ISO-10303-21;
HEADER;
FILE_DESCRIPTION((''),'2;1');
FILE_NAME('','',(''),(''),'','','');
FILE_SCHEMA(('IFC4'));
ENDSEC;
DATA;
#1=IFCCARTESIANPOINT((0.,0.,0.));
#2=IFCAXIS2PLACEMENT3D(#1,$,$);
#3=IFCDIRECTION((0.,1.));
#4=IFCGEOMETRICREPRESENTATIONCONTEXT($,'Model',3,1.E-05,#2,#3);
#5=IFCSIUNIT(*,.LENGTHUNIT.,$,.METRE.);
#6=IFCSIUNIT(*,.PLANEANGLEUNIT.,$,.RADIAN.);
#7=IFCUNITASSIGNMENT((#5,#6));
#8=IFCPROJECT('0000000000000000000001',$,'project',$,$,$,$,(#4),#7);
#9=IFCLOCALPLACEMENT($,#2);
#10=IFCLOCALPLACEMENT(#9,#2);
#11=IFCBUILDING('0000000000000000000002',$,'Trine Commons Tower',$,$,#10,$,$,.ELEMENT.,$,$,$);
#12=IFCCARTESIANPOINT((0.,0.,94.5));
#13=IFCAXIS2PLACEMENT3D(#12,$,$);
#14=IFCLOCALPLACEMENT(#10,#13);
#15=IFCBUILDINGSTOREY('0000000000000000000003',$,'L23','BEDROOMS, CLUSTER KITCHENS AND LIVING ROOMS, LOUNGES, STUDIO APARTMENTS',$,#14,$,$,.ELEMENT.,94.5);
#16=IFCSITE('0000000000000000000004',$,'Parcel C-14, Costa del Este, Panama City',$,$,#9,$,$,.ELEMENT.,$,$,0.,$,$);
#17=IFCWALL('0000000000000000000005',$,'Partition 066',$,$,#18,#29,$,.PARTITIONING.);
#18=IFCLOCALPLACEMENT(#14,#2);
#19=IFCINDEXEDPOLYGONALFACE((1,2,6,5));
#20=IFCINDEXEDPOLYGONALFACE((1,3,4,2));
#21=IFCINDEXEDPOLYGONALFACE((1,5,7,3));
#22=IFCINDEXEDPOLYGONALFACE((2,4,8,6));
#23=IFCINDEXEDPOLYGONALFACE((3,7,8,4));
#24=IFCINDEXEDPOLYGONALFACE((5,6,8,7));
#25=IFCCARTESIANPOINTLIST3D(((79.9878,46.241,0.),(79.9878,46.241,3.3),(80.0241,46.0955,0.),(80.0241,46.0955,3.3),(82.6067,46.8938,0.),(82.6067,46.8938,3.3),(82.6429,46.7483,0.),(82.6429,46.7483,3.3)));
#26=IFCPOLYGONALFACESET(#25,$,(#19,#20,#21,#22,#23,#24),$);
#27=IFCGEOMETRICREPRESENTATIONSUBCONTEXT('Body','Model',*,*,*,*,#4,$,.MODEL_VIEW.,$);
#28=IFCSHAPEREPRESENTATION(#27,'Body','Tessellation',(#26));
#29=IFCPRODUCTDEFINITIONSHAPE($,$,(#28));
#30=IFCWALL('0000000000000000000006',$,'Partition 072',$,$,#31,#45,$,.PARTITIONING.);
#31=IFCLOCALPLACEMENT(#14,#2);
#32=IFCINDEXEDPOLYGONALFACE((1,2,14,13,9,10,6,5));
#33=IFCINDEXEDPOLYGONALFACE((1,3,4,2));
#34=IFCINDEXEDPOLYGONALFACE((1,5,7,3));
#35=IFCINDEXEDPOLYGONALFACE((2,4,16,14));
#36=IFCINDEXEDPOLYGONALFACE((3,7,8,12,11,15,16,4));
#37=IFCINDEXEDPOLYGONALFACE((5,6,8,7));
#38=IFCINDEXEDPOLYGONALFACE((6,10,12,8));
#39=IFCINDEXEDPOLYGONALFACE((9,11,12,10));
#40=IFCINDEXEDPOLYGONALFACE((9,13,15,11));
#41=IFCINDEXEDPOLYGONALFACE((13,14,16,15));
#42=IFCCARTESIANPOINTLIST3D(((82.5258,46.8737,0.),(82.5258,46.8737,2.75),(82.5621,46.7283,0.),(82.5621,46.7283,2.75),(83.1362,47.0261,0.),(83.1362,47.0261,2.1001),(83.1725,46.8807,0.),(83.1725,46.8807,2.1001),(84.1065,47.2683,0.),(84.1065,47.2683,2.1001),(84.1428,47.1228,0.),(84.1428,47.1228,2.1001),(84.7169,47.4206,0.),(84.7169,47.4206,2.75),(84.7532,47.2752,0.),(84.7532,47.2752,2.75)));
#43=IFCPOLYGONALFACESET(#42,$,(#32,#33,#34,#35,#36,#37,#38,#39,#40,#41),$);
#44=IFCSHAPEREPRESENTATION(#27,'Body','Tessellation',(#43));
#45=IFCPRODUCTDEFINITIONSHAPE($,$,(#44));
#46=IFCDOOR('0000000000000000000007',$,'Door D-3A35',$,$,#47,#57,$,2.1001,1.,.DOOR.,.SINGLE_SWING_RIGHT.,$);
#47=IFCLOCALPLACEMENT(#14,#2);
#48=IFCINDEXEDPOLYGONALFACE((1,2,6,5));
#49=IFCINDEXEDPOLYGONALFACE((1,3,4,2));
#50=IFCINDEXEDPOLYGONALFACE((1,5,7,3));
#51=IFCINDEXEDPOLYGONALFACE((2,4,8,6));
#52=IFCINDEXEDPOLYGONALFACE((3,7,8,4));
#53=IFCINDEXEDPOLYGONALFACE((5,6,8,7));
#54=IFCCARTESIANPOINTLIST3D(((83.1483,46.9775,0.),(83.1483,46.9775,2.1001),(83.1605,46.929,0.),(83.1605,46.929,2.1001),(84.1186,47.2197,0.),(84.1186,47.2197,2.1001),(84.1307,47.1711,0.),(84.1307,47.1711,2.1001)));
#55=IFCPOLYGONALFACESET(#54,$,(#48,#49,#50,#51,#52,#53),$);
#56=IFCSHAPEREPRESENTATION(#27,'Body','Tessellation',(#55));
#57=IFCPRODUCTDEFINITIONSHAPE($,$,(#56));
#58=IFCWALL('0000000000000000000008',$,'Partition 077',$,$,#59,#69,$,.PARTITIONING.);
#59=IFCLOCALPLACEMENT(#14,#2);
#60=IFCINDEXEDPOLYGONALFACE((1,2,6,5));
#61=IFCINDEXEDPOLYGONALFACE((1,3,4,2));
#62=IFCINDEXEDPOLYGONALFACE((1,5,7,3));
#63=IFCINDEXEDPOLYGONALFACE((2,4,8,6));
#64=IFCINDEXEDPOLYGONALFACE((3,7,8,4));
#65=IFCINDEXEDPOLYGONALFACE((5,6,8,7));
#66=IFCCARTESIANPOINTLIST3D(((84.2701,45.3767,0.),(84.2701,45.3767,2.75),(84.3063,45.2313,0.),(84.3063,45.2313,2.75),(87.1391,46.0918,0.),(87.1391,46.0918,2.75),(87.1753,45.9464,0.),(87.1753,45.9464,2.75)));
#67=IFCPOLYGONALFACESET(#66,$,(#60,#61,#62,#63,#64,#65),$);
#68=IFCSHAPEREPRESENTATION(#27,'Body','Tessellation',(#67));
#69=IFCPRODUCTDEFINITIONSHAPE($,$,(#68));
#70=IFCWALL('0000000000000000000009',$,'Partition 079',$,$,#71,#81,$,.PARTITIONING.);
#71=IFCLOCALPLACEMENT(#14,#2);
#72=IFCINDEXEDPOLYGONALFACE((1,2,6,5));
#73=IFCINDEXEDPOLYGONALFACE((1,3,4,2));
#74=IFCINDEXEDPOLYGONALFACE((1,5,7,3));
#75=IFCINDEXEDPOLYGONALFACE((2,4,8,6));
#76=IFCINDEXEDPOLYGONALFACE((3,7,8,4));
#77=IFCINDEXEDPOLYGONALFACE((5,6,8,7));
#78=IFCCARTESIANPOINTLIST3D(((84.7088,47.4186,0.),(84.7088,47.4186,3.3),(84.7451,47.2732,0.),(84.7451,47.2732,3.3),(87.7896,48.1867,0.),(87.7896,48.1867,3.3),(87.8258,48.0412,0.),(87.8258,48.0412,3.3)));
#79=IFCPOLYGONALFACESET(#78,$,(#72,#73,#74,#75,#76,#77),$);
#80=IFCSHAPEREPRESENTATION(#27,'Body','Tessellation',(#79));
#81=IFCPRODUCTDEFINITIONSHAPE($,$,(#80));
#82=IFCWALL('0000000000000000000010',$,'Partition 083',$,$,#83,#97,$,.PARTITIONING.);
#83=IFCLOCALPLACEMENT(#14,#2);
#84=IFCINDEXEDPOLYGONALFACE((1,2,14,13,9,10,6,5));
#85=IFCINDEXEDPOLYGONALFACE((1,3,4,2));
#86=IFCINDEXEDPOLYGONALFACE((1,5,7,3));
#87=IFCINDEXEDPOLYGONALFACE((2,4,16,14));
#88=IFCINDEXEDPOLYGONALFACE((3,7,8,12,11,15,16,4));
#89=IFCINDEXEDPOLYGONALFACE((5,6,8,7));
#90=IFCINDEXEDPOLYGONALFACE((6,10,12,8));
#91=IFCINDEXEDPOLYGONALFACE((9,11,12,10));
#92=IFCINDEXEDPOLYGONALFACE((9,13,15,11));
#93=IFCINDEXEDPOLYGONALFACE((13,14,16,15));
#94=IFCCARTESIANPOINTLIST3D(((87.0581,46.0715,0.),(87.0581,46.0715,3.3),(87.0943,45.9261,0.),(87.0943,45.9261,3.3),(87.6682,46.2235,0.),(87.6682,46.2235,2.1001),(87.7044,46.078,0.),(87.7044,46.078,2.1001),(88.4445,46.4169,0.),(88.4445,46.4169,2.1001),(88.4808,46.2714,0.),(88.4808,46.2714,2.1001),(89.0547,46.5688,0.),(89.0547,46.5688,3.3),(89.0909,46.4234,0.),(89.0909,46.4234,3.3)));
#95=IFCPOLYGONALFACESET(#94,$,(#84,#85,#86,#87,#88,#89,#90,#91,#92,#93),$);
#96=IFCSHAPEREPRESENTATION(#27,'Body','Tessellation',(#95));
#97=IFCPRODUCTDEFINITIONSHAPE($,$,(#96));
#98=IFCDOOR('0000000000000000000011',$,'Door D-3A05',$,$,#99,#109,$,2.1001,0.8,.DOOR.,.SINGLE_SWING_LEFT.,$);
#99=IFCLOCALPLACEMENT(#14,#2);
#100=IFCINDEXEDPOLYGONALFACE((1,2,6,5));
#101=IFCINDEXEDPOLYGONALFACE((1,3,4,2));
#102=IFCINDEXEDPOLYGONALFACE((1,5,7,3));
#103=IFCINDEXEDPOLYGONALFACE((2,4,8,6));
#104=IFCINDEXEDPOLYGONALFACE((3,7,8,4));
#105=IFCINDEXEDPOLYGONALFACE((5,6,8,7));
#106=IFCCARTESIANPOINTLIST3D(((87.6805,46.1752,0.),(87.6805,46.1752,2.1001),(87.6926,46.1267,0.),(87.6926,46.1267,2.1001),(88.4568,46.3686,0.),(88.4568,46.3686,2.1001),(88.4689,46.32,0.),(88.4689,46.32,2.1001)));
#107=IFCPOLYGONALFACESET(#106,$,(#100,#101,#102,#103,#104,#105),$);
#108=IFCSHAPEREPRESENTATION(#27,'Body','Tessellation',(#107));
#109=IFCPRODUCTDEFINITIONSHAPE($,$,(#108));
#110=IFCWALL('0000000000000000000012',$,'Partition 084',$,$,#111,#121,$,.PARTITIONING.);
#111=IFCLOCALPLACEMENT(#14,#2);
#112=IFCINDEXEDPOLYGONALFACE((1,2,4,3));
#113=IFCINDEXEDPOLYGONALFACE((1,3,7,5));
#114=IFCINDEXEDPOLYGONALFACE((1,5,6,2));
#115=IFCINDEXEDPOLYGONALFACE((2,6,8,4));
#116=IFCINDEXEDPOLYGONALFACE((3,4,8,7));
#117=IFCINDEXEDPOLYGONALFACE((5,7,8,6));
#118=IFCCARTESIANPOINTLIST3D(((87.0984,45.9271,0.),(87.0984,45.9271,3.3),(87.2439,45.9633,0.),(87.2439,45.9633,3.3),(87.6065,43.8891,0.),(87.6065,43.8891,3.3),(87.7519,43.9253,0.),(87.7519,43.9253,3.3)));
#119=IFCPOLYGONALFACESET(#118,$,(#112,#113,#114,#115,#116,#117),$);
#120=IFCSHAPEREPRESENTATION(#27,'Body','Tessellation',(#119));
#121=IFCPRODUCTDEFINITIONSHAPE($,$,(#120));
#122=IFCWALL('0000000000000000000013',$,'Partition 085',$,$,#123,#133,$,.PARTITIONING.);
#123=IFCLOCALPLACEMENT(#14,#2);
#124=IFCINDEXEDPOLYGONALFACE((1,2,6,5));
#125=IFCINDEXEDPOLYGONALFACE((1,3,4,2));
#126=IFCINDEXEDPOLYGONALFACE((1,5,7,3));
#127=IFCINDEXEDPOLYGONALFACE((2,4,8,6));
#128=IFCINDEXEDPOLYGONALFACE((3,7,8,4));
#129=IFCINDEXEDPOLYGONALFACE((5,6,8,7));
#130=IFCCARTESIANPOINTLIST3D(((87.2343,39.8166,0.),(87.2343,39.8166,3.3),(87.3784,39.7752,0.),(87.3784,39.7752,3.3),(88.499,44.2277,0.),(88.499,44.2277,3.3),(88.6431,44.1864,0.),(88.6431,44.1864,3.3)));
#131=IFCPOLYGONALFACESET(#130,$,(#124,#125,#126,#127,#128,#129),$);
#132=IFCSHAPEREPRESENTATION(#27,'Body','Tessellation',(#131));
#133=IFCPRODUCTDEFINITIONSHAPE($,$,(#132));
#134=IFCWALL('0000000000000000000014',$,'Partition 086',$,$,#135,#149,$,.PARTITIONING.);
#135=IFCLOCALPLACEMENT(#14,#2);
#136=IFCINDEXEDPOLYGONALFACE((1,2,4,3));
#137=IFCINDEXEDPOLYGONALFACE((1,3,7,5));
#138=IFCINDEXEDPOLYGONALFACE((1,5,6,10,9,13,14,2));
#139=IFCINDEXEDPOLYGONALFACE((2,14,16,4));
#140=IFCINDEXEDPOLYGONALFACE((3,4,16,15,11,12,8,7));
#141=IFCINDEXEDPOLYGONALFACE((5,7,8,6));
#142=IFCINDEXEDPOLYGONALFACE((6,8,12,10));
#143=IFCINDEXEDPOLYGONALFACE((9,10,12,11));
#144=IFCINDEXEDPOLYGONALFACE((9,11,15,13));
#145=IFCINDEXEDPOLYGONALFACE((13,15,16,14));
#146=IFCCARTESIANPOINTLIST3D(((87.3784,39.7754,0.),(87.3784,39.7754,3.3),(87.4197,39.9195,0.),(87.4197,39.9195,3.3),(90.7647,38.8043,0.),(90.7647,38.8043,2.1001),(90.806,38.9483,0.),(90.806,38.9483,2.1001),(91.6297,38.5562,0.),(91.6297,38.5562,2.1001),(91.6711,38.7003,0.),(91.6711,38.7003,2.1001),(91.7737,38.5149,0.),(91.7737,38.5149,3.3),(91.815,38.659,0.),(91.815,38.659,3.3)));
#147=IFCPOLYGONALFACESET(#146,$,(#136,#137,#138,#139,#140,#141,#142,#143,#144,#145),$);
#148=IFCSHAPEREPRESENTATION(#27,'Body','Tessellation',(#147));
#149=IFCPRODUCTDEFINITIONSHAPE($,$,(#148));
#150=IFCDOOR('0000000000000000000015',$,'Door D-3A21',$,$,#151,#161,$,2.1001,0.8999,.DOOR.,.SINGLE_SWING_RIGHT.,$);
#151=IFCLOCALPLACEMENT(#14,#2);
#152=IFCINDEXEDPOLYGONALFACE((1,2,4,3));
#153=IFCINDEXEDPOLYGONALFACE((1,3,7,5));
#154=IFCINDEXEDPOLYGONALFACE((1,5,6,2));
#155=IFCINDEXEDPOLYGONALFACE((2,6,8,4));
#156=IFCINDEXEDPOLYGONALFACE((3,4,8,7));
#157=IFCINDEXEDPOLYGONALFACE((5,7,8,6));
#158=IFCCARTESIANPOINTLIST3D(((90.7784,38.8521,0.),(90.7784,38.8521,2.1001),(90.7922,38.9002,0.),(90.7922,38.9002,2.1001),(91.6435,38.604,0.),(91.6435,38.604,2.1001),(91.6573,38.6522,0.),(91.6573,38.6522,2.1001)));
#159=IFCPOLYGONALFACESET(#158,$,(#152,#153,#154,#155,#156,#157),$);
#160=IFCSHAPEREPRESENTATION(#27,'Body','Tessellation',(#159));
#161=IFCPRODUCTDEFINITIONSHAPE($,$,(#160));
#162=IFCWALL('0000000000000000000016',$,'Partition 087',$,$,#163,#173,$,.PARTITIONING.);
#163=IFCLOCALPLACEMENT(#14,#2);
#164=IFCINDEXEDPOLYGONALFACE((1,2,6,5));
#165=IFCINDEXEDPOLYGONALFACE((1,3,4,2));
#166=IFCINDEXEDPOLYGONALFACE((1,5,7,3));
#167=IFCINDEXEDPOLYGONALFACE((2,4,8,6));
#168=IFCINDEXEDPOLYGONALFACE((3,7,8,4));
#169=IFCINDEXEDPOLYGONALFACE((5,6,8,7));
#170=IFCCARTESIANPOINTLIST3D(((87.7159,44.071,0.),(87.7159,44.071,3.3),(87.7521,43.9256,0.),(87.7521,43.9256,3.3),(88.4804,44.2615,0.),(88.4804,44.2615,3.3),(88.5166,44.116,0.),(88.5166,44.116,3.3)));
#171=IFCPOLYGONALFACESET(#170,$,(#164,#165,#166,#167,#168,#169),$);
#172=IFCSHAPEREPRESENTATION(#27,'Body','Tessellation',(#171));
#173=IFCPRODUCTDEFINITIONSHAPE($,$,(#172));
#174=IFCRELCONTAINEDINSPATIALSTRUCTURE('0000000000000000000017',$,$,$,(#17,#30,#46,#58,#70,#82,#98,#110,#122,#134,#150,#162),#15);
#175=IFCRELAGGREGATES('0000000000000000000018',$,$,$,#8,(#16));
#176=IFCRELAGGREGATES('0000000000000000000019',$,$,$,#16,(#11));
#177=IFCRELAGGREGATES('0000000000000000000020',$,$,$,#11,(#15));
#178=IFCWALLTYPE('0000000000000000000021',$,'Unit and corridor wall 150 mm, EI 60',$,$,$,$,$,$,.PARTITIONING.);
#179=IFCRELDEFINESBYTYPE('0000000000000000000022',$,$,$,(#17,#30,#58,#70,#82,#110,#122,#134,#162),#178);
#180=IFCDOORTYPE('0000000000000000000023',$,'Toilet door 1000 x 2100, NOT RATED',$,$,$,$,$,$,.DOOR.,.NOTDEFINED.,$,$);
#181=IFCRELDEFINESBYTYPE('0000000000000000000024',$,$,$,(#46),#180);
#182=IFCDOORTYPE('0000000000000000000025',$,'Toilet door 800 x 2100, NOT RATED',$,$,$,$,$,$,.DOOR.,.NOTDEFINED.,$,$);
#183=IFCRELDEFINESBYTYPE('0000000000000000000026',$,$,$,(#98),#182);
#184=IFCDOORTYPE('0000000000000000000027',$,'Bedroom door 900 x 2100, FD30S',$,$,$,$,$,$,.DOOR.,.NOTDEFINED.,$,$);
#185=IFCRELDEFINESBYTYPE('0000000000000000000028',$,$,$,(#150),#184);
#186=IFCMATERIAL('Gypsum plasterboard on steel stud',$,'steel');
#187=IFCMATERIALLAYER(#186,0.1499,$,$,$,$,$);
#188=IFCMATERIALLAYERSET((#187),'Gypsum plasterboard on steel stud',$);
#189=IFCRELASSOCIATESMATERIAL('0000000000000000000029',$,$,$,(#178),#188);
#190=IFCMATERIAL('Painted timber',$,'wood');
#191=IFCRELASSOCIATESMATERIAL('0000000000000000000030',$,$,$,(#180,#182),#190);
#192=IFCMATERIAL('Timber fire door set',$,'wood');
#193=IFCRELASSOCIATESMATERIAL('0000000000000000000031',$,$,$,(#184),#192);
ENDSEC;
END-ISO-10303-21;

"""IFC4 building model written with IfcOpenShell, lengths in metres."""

from ifc_helpers import new_model, si_unit, direction, frame, frame_2d, origin, place, context, subcontext, project, spatial, rectangle, extrude, material, layer, layer_set, type_object, element, fill, save


model = new_model("IFC4")

# Units and contexts
model_context = context("Model", 3, precision=1e-05, world=origin(), true_north=direction((0.0, 1.0)))
body_context = subcontext(model_context, "Body", "Model", "MODEL_VIEW")
ifc_project = project(units=[si_unit("LENGTHUNIT", "METRE"), si_unit("PLANEANGLEUNIT", "RADIAN")], contexts=[model_context])

# Site, building, storey
site_placement = place(None, origin())
site = spatial("IfcSite", under=ifc_project, at=site_placement, Name="Parcel C-14, Costa del Este, Panama City", CompositionType="ELEMENT", RefElevation=0.0)
building_placement = place(site_placement, origin())
building = spatial("IfcBuilding", under=site, at=building_placement, Name="Trine Commons Tower", CompositionType="ELEMENT")
storey_placement = place(building_placement, frame((0.0, 0.0, 94.5)))
storey = spatial("IfcBuildingStorey", under=building, at=storey_placement, Name="L23", Description="BEDROOMS, CLUSTER KITCHENS AND LIVING ROOMS, LOUNGES, STUDIO APARTMENTS", CompositionType="ELEMENT", Elevation=94.5)

# Shared definitions
ifc_material_1 = material(Name="Gypsum plasterboard on steel stud", Category="steel")
ifc_layer_1 = layer(ifc_material_1, 0.1499)
ifc_layer_set_1 = layer_set([ifc_layer_1], Name="Gypsum plasterboard on steel stud")
wall_type_1 = type_object("IfcWallType", Name="Unit and corridor wall 150 mm, EI 60", PredefinedType="PARTITIONING", material=ifc_layer_set_1)
ifc_material_2 = material(Name="Timber fire door set", Category="wood")

# Wall
wall_1_placement = place(storey_placement, frame((80.0059, 46.1682, 0.0), z_axis=(0.0, 0.0, 1.0), x_axis=(0.970307, 0.241876, 0.0)))
element("IfcWall", 1, at=wall_1_placement, inside=storey, type_object=wall_type_1, Name="Partition 066", PredefinedType="PARTITIONING", context=body_context, shape_type="SweptSolid", body=[
    extrude(rectangle(XDim=2.699, YDim=0.1499, at=frame_2d((1.3496, 0.0))), origin(), (0.0, 0.0, 1.0), 3.3),
])

# Wall, opening, door
wall_2_placement = place(storey_placement, frame((82.5439, 46.801, 0.0), z_axis=(0.0, 0.0, 1.0), x_axis=(0.970238, 0.242154, 0.0)))
wall_2 = element("IfcWall", 2, at=wall_2_placement, inside=storey, type_object=wall_type_1, Name="Partition 072", PredefinedType="PARTITIONING", context=body_context, shape_type="SweptSolid", body=[
    extrude(rectangle(XDim=2.2583, YDim=0.1499, at=frame_2d((1.1292, 0.0))), origin(), (0.0, 0.0, 1.0), 2.75),
])
opening_1_placement = place(wall_2_placement, frame((0.6292, 0.0, 0.0)))
opening_1 = element("IfcOpeningElement", 3, at=opening_1_placement, cuts=wall_2, PredefinedType="OPENING", context=body_context, shape_type="SweptSolid", body=[
    extrude(rectangle(XDim=1.0, YDim=2.1001, at=frame_2d((0.5, 1.05))), frame((0.0, 0.085, 0.0), z_axis=(0.0, -1.0, 0.0), x_axis=(1.0, 0.0, 0.0)), (0.0, 0.0, 1.0), 0.1699),
])
ifc_material_3 = material(Name="Painted timber", Category="wood")
door_type_1 = type_object("IfcDoorType", Name="Toilet door 1000 x 2100, NOT RATED", OperationType="NOTDEFINED", PredefinedType="DOOR", material=ifc_material_3)
door_1_placement = place(opening_1_placement, origin())
door_1 = element("IfcDoor", 4, at=door_1_placement, inside=storey, type_object=door_type_1, Name="Door D-3A35", OperationType="SINGLE_SWING_RIGHT", OverallHeight=2.1001, OverallWidth=1.0, PredefinedType="DOOR", context=body_context, shape_type="SweptSolid", body=[
    extrude(rectangle(XDim=1.0, YDim=2.1001, at=frame_2d((0.5, 1.05))), frame((0.0, 0.0249, 0.0), z_axis=(0.0, -1.0, 0.0), x_axis=(1.0, 0.0, 0.0)), (0.0, 0.0, 1.0), 0.05),
])
fill(opening_1, door_1)

# Walls
wall_3_placement = place(storey_placement, frame((84.2881, 45.304, 0.0), z_axis=(0.0, 0.0, 1.0), x_axis=(0.970312, 0.241856, 0.0)))
element("IfcWall", 5, at=wall_3_placement, inside=storey, type_object=wall_type_1, Name="Partition 077", PredefinedType="PARTITIONING", context=body_context, shape_type="SweptSolid", body=[
    extrude(rectangle(XDim=2.9568, YDim=0.1499, at=frame_2d((1.4785, 0.0))), origin(), (0.0, 0.0, 1.0), 2.75),
])
wall_4_placement = place(storey_placement, frame((84.7271, 47.3459, 0.0), z_axis=(0.0, 0.0, 1.0), x_axis=(0.970301, 0.241902, 0.0)))
element("IfcWall", 6, at=wall_4_placement, inside=storey, type_object=wall_type_1, Name="Partition 079", PredefinedType="PARTITIONING", context=body_context, shape_type="SweptSolid", body=[
    extrude(rectangle(XDim=3.175, YDim=0.1499, at=frame_2d((1.5874, 0.0))), origin(), (0.0, 0.0, 1.0), 3.3),
])

# Wall, opening, door
wall_5_placement = place(storey_placement, frame((87.0762, 45.9988, 0.0), z_axis=(0.0, 0.0, 1.0), x_axis=(0.970352, 0.241698, 0.0)))
wall_5 = element("IfcWall", 7, at=wall_5_placement, inside=storey, type_object=wall_type_1, Name="Partition 083", PredefinedType="PARTITIONING", context=body_context, shape_type="SweptSolid", body=[
    extrude(rectangle(XDim=2.0576, YDim=0.1499, at=frame_2d((1.0288, 0.0))), origin(), (0.0, 0.0, 1.0), 3.3),
])
opening_2_placement = place(wall_5_placement, frame((0.6289, 0.0, 0.0)))
opening_2 = element("IfcOpeningElement", 8, at=opening_2_placement, cuts=wall_5, PredefinedType="OPENING", context=body_context, shape_type="SweptSolid", body=[
    extrude(rectangle(XDim=0.8, YDim=2.1001, at=frame_2d((0.3999, 1.05))), frame((0.0, 0.085, 0.0), z_axis=(0.0, -1.0, 0.0), x_axis=(1.0, 0.0, 0.0)), (0.0, 0.0, 1.0), 0.1699),
])
door_type_2 = type_object("IfcDoorType", Name="Toilet door 800 x 2100, NOT RATED", OperationType="NOTDEFINED", PredefinedType="DOOR", material=ifc_material_3)
door_2_placement = place(opening_2_placement, frame((0.8, 0.0, 0.0), z_axis=(0.0, 0.0, 1.0), x_axis=(-1.0, 0.0, 0.0)))
door_2 = element("IfcDoor", 9, at=door_2_placement, inside=storey, type_object=door_type_2, Name="Door D-3A05", OperationType="SINGLE_SWING_LEFT", OverallHeight=2.1001, OverallWidth=0.8, PredefinedType="DOOR", context=body_context, shape_type="SweptSolid", body=[
    extrude(rectangle(XDim=0.8, YDim=2.1001, at=frame_2d((0.3999, 1.05))), frame((0.0, 0.0249, 0.0), z_axis=(0.0, -1.0, 0.0), x_axis=(1.0, 0.0, 0.0)), (0.0, 0.0, 1.0), 0.05),
])
fill(opening_2, door_2)

# Walls
wall_6_placement = place(storey_placement, frame((87.1711, 45.9453, 0.0), z_axis=(0.0, 0.0, 1.0), x_axis=(0.241879, -0.970306, 0.0)))
element("IfcWall", 10, at=wall_6_placement, inside=storey, type_object=wall_type_1, Name="Partition 084", PredefinedType="PARTITIONING", context=body_context, shape_type="SweptSolid", body=[
    extrude(rectangle(XDim=2.1003, YDim=0.1499, at=frame_2d((1.0503, 0.0))), origin(), (0.0, 0.0, 1.0), 3.3),
])
wall_7_placement = place(storey_placement, frame((87.3064, 39.7959, 0.0), z_axis=(0.0, 0.0, 1.0), x_axis=(0.275592, 0.961275, 0.0)))
element("IfcWall", 11, at=wall_7_placement, inside=storey, type_object=wall_type_1, Name="Partition 085", PredefinedType="PARTITIONING", context=body_context, shape_type="SweptSolid", body=[
    extrude(rectangle(XDim=4.5889, YDim=0.1499, at=frame_2d((2.2944, 0.0))), origin(), (0.0, 0.0, 1.0), 3.3),
])

# Wall, opening, door
wall_8_placement = place(storey_placement, frame((87.3992, 39.8474, 0.0), z_axis=(0.0, 0.0, 1.0), x_axis=(0.961251, -0.275673, 0.0)))
wall_8 = element("IfcWall", 12, at=wall_8_placement, inside=storey, type_object=wall_type_1, Name="Partition 086", PredefinedType="PARTITIONING", context=body_context, shape_type="SweptSolid", body=[
    extrude(rectangle(XDim=4.5725, YDim=0.1499, at=frame_2d((2.2861, 0.0))), origin(), (0.0, 0.0, 1.0), 3.3),
])
opening_3_placement = place(wall_8_placement, frame((3.5227, 0.0, 0.0)))
opening_3 = element("IfcOpeningElement", 13, at=opening_3_placement, cuts=wall_8, PredefinedType="OPENING", context=body_context, shape_type="SweptSolid", body=[
    extrude(rectangle(XDim=0.8999, YDim=2.1001, at=frame_2d((0.45, 1.05))), frame((0.0, 0.085, 0.0), z_axis=(0.0, -1.0, 0.0), x_axis=(1.0, 0.0, 0.0)), (0.0, 0.0, 1.0), 0.1699),
])
door_type_3 = type_object("IfcDoorType", Name="Bedroom door 900 x 2100, FD30S", OperationType="NOTDEFINED", PredefinedType="DOOR", material=ifc_material_2)
door_3_placement = place(opening_3_placement, origin())
door_3 = element("IfcDoor", 14, at=door_3_placement, inside=storey, type_object=door_type_3, Name="Door D-3A21", OperationType="SINGLE_SWING_RIGHT", OverallHeight=2.1001, OverallWidth=0.8999, PredefinedType="DOOR", context=body_context, shape_type="SweptSolid", body=[
    extrude(rectangle(XDim=0.8999, YDim=2.1001, at=frame_2d((0.45, 1.05))), frame((0.0, 0.0249, 0.0), z_axis=(0.0, -1.0, 0.0), x_axis=(1.0, 0.0, 0.0)), (0.0, 0.0, 1.0), 0.05),
])
fill(opening_3, door_3)

# Wall
wall_9_placement = place(storey_placement, frame((87.7339, 43.9983, 0.0), z_axis=(0.0, 0.0, 1.0), x_axis=(0.970343, 0.241733, 0.0)))
element("IfcWall", 15, at=wall_9_placement, inside=storey, type_object=wall_type_1, Name="Partition 087", PredefinedType="PARTITIONING", context=body_context, shape_type="SweptSolid", body=[
    extrude(rectangle(XDim=0.7878, YDim=0.1499, at=frame_2d((0.394, 0.0))), origin(), (0.0, 0.0, 1.0), 3.3),
])

save(model, "model.ifc")
